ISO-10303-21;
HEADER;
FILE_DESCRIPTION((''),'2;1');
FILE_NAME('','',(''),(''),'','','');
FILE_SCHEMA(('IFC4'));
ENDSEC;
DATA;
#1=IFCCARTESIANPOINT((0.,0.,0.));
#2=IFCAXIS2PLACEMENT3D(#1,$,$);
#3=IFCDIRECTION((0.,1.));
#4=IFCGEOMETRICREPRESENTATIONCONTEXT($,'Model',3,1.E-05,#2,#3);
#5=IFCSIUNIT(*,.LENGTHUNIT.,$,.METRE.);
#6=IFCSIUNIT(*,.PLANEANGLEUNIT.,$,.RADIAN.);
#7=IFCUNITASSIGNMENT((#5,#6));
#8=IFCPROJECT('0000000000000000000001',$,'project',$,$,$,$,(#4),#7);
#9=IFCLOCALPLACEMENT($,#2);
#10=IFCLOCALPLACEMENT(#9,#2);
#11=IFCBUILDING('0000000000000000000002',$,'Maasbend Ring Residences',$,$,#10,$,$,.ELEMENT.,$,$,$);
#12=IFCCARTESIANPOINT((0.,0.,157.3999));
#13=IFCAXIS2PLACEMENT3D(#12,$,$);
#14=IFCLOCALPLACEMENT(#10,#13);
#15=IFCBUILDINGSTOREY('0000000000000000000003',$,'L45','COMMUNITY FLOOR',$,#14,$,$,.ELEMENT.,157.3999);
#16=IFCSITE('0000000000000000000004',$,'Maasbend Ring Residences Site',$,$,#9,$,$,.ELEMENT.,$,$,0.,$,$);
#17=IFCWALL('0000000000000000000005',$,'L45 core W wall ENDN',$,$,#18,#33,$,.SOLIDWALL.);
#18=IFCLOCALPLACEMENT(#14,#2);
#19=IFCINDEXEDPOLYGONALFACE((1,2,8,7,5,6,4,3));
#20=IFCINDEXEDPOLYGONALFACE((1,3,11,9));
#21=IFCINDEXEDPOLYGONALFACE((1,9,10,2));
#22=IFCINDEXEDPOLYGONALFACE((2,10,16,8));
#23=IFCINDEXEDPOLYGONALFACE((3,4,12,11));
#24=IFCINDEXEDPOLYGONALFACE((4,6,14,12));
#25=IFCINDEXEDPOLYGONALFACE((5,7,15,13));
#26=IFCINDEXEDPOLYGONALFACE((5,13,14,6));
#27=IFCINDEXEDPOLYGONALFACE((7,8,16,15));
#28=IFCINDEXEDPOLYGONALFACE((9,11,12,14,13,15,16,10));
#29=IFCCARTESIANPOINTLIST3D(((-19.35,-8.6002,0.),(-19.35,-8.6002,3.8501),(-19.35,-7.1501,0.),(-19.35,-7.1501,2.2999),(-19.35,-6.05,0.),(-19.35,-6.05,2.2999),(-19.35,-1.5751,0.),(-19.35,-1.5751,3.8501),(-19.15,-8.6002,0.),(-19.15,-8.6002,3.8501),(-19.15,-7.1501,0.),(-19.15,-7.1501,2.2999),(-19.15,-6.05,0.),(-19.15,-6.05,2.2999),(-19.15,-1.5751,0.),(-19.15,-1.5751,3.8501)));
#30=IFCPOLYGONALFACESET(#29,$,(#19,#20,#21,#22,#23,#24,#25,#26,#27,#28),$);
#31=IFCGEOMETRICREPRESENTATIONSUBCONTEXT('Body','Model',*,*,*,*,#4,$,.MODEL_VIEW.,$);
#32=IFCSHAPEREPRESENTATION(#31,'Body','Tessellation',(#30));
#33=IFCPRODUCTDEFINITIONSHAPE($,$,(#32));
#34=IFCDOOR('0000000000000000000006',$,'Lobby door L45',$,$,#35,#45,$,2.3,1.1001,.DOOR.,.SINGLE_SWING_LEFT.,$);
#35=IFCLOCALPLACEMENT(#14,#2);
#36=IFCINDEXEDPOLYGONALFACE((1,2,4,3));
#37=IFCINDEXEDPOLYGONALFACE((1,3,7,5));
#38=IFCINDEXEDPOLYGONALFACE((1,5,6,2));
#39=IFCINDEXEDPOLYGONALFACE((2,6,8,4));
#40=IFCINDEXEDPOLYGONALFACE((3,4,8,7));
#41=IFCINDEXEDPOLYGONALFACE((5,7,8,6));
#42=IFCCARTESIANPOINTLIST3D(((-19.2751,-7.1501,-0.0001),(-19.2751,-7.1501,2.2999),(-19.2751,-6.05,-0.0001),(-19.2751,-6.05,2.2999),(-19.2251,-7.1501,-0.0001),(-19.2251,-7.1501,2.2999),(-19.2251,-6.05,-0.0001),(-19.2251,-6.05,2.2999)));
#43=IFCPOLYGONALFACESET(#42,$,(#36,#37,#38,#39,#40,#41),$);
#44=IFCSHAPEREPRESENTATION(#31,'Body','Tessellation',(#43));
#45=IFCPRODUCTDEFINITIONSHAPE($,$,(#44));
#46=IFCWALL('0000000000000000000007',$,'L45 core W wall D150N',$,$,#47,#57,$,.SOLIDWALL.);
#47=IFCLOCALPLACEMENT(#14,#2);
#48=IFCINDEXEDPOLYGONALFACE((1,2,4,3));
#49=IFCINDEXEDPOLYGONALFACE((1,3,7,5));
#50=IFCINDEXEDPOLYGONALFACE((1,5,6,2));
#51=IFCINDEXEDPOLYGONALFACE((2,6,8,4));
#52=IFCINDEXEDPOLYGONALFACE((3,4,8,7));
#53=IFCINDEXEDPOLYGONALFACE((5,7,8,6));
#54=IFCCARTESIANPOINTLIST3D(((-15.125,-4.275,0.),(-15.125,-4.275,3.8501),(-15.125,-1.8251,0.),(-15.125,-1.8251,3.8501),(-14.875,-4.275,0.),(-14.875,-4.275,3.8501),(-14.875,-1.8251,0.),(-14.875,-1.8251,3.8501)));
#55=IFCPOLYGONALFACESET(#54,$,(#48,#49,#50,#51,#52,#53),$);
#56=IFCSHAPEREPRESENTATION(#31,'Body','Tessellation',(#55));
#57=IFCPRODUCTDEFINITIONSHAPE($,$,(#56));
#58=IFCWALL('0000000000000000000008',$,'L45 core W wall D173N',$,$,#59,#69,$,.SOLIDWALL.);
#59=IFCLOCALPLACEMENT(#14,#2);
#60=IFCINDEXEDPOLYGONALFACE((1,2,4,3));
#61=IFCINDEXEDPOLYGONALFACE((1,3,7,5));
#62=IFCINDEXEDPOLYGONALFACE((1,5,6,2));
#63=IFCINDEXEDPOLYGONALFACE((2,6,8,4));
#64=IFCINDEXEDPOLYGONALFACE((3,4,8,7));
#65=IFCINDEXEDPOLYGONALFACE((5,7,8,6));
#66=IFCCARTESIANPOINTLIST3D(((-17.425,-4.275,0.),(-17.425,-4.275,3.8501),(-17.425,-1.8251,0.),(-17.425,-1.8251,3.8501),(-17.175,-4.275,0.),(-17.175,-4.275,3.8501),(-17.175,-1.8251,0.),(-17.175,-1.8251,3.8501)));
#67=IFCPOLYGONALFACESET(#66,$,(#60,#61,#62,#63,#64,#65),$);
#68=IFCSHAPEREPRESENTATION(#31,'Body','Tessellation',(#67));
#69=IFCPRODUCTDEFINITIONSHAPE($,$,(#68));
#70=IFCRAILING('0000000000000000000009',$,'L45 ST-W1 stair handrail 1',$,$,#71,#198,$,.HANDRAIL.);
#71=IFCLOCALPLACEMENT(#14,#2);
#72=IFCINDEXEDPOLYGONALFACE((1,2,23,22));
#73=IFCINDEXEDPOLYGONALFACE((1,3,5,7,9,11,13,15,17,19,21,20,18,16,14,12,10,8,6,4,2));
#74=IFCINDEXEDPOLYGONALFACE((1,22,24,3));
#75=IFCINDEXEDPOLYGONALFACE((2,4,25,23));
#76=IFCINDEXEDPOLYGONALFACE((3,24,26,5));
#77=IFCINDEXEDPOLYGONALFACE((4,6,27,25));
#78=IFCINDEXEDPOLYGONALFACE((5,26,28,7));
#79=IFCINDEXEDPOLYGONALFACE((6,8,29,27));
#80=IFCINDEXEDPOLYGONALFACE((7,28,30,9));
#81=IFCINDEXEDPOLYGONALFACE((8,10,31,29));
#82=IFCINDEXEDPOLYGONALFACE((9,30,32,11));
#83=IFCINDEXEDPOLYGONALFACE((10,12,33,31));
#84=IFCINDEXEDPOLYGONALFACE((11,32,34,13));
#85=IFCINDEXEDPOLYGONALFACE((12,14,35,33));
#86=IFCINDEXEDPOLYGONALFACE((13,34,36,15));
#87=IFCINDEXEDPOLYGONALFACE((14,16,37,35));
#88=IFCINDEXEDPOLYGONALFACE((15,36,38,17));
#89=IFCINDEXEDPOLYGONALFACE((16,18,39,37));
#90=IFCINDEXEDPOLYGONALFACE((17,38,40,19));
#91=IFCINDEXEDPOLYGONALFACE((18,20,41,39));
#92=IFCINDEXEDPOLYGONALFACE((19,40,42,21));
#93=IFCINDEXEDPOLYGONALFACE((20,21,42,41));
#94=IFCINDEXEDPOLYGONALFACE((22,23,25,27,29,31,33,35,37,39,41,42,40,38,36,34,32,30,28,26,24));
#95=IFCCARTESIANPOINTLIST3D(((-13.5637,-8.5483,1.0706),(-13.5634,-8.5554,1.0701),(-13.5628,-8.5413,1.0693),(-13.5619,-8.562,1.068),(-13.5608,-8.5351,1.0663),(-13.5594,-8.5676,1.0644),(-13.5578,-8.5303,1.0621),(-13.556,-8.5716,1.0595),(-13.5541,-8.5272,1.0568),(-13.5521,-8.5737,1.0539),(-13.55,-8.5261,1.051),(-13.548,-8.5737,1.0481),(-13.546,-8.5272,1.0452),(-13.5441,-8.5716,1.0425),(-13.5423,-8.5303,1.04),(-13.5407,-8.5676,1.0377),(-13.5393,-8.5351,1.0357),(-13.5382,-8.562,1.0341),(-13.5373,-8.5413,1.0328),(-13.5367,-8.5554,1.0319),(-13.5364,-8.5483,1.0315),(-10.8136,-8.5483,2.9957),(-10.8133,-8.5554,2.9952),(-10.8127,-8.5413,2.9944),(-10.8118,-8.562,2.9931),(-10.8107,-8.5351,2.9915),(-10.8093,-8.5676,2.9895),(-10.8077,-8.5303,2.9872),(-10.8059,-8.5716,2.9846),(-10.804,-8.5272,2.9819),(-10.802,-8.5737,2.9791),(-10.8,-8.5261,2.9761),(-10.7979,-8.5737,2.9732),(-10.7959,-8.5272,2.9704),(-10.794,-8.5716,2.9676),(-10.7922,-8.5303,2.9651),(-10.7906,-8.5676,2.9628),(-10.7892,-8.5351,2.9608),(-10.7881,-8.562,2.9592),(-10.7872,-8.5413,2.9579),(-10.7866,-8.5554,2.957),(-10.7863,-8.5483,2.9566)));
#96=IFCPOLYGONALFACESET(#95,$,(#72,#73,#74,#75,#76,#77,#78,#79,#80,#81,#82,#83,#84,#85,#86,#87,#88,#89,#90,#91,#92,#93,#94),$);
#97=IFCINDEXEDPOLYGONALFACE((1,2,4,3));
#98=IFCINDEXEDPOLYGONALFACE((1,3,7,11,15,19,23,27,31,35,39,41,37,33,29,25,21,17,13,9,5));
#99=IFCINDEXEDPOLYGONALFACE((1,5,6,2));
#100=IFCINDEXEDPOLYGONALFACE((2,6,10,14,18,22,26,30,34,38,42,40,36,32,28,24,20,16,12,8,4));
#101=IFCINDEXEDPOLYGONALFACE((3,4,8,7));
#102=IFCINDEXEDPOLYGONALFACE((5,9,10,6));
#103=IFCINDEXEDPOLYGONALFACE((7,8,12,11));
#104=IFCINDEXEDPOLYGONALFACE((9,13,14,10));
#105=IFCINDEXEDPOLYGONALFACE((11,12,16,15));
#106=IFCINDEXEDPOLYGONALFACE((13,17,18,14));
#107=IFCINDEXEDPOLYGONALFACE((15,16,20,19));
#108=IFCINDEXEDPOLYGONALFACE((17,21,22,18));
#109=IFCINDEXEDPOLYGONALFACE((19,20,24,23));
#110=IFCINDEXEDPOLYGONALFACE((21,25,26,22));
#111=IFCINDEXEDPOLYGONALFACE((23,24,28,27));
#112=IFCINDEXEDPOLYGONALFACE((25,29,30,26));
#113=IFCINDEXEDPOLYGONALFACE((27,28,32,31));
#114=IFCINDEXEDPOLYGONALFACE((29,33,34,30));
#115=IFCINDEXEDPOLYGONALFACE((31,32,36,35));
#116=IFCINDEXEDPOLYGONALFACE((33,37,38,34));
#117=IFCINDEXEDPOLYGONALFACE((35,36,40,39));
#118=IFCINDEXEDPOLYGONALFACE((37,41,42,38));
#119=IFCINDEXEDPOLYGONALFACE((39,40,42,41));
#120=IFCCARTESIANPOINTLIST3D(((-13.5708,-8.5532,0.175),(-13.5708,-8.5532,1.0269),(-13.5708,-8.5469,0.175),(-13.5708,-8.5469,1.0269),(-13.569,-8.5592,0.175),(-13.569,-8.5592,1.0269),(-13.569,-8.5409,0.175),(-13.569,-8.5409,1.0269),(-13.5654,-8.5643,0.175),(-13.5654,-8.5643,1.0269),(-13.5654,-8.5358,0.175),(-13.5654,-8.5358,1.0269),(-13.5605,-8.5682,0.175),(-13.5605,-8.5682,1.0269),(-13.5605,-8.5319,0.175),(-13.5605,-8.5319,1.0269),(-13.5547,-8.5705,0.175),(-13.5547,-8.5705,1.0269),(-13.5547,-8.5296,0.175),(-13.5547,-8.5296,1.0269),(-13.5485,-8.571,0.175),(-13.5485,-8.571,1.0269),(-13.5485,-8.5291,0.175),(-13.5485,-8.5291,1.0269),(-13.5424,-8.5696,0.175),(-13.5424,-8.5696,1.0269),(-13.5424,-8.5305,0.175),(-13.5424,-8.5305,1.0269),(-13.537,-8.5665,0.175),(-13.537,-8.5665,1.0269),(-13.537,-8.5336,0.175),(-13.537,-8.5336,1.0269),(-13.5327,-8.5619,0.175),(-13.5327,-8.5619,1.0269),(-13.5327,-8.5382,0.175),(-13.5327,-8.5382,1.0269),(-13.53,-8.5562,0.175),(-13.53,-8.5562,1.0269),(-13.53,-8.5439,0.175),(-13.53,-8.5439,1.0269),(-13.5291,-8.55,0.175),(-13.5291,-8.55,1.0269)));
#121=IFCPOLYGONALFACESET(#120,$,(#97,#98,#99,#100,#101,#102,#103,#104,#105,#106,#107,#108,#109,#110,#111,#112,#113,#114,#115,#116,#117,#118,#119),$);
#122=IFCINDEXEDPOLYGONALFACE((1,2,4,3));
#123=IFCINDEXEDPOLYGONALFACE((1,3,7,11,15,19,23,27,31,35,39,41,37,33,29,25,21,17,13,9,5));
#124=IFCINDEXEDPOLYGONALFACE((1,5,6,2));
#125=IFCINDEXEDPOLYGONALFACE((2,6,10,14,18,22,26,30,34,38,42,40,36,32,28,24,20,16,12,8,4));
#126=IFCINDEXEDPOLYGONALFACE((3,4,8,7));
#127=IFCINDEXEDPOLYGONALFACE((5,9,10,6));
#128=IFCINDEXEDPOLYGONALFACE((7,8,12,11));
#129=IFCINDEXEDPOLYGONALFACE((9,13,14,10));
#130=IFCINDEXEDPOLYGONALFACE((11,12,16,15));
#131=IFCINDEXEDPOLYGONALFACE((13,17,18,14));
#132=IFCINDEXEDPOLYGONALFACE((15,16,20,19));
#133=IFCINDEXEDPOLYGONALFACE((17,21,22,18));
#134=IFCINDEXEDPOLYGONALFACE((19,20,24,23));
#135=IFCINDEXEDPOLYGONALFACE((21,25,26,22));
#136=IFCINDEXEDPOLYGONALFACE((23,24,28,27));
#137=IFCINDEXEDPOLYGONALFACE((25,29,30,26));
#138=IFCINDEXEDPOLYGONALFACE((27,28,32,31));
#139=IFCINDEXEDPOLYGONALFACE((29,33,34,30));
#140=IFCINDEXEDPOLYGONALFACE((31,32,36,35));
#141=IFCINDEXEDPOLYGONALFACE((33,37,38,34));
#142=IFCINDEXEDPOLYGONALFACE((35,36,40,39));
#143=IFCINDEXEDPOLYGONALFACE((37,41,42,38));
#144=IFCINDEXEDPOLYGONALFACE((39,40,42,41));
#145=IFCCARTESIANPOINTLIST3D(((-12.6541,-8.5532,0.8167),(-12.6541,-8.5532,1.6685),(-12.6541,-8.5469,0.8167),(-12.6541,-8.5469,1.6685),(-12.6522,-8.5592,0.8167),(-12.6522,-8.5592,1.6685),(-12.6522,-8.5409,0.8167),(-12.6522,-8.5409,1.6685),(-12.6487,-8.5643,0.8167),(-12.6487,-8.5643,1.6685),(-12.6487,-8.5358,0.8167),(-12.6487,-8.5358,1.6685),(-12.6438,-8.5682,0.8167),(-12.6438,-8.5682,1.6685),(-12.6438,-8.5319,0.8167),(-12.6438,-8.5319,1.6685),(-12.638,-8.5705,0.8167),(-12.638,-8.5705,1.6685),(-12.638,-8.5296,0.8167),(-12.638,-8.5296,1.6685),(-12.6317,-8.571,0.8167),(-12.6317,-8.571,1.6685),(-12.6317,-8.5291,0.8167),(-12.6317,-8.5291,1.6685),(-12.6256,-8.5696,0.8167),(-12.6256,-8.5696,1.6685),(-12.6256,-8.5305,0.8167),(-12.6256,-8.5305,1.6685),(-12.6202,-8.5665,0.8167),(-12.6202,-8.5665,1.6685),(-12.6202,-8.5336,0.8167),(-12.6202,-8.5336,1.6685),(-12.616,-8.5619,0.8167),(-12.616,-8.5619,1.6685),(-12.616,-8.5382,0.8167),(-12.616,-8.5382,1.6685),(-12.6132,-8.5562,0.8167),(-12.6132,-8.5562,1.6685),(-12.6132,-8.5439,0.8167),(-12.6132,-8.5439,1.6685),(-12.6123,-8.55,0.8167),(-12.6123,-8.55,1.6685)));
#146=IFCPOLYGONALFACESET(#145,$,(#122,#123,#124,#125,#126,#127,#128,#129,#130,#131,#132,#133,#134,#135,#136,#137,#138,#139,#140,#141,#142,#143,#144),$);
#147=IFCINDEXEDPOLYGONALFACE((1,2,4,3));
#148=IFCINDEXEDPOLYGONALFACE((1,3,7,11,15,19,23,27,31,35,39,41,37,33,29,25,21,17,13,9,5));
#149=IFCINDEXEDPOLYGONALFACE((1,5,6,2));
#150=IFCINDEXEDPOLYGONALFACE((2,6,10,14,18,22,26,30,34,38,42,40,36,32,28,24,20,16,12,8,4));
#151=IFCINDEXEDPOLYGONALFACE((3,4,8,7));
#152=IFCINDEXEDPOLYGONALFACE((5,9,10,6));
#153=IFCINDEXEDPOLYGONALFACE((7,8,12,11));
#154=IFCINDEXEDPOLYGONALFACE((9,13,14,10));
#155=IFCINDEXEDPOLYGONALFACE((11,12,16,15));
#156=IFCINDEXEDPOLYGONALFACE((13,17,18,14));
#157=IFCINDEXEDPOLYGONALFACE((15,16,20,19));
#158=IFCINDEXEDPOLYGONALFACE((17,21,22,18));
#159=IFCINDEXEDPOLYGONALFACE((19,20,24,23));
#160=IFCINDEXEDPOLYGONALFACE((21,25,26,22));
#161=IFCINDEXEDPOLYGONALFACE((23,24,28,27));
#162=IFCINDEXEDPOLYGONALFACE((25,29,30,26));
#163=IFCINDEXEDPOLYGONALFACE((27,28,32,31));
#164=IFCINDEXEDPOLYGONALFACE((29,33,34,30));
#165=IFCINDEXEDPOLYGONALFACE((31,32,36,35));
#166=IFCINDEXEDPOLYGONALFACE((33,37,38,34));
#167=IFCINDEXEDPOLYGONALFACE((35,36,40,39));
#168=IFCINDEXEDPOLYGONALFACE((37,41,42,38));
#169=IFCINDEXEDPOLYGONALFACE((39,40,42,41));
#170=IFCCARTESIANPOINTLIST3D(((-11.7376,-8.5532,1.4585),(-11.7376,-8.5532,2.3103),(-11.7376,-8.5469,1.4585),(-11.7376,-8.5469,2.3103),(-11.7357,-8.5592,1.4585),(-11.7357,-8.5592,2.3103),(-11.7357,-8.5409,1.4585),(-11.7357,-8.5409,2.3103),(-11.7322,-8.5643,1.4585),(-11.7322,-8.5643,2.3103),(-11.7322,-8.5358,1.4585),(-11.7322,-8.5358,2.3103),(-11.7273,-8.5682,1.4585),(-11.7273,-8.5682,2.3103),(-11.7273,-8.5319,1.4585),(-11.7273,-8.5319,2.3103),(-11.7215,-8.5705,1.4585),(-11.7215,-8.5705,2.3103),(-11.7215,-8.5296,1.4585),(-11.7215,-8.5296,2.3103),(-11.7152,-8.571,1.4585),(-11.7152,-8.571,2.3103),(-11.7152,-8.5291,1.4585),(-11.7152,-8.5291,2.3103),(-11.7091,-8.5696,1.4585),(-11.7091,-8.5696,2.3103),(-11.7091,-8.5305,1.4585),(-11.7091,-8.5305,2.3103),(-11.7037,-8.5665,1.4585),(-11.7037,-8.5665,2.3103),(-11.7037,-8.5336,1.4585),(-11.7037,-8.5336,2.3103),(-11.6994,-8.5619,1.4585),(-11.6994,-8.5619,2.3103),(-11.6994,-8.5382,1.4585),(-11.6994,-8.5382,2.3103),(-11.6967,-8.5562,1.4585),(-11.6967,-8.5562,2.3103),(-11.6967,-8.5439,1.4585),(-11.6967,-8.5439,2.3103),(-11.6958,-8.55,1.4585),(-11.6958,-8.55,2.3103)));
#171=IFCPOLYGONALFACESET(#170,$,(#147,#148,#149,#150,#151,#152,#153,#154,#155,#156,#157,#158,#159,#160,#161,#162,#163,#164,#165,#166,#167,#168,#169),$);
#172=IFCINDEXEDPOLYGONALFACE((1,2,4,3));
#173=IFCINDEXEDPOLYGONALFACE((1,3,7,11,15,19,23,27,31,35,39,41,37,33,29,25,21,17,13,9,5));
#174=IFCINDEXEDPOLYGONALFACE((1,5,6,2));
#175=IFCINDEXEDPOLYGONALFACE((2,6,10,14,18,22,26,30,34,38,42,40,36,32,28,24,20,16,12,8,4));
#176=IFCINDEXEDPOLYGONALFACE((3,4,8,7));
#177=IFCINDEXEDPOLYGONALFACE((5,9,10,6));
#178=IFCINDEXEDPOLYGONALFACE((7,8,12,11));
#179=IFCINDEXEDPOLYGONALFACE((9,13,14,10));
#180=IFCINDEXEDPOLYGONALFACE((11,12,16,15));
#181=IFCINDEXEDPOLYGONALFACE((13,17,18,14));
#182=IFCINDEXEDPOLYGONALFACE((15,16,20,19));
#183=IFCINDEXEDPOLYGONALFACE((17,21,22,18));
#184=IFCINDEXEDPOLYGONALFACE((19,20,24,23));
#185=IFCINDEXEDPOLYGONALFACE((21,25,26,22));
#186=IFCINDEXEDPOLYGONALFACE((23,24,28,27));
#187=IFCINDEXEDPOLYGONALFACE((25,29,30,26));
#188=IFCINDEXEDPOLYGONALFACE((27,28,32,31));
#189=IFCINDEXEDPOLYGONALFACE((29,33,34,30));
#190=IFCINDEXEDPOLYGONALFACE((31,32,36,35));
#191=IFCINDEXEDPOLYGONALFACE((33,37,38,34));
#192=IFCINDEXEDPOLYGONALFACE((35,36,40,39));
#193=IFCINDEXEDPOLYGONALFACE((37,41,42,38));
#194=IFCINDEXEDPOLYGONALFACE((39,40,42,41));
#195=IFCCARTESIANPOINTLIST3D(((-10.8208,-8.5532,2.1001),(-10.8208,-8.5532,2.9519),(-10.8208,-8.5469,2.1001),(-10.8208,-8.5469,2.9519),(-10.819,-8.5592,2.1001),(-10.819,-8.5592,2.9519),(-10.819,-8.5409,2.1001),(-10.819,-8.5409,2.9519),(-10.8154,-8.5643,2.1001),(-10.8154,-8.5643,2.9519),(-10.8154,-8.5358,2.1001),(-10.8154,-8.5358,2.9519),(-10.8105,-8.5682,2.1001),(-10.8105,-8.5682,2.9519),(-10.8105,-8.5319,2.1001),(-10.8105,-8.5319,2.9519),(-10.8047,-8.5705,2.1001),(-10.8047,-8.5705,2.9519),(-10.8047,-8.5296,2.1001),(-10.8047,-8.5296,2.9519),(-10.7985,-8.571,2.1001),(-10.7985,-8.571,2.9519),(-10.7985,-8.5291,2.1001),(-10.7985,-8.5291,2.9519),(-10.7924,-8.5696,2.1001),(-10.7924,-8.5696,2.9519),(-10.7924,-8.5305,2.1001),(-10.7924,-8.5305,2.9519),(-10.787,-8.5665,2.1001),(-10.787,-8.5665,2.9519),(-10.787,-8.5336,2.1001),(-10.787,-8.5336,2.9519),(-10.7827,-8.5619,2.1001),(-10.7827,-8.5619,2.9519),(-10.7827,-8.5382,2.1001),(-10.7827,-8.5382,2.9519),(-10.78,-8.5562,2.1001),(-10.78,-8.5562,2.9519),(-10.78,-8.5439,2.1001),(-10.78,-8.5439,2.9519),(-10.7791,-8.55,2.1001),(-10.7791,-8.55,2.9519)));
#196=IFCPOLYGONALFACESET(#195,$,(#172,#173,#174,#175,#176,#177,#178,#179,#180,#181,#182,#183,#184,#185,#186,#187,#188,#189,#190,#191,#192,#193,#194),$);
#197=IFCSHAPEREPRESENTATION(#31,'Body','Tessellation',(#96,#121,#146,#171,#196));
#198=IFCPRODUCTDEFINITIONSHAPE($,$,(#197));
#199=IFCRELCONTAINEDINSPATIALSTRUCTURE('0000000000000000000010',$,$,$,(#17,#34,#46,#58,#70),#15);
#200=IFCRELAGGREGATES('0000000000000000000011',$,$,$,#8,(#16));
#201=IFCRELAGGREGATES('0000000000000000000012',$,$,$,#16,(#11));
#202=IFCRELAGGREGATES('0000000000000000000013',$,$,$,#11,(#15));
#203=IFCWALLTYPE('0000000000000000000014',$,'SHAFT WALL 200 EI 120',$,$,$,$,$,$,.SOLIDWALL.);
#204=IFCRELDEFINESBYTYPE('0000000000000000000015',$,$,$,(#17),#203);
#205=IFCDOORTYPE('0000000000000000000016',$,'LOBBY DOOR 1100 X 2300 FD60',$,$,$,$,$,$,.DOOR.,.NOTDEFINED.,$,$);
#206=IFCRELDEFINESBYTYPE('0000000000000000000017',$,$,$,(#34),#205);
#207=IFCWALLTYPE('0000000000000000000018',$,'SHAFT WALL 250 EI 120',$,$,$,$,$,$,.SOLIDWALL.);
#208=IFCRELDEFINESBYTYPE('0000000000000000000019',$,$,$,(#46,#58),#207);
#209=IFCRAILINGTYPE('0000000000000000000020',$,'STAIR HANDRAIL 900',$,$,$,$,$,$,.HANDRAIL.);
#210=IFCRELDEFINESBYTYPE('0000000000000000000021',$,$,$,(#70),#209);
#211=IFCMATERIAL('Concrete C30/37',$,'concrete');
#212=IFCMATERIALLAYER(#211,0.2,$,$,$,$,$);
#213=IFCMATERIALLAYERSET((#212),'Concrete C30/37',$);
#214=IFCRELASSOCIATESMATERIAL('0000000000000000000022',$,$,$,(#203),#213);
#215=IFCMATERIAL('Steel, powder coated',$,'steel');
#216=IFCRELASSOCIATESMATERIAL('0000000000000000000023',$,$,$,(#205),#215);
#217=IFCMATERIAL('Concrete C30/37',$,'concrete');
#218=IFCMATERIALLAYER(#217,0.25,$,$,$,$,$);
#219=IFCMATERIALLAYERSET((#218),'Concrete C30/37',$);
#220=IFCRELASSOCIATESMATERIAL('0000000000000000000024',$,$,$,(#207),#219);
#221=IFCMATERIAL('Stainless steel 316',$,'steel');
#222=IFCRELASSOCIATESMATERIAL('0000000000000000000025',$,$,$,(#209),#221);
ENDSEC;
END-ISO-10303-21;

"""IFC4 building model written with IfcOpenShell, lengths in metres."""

from ifc_helpers import new_model, si_unit, direction, frame, frame_2d, origin, origin_2d, place, context, subcontext, project, spatial, rectangle, circle, extrude, material, layer, layer_set, type_object, element, fill, save


model = new_model("IFC4")

# Units and contexts
model_context = context("Model", 3, precision=1e-05, world=origin(), true_north=direction((0.0, 1.0)))
body_context = subcontext(model_context, "Body", "Model", "MODEL_VIEW")
ifc_project = project(units=[si_unit("LENGTHUNIT", "METRE"), si_unit("PLANEANGLEUNIT", "RADIAN")], contexts=[model_context])

# Site, building, storey
site_placement = place(None, origin())
site = spatial("IfcSite", under=ifc_project, at=site_placement, Name="Maasbend Ring Residences Site", CompositionType="ELEMENT", RefElevation=0.0)
building_placement = place(site_placement, origin())
building = spatial("IfcBuilding", under=site, at=building_placement, Name="Maasbend Ring Residences", CompositionType="ELEMENT")
storey_placement = place(building_placement, frame((0.0, 0.0, 157.3999)))
storey = spatial("IfcBuildingStorey", under=building, at=storey_placement, Name="L45", Description="COMMUNITY FLOOR", CompositionType="ELEMENT", Elevation=157.3999)

# Wall, opening, door
ifc_material_1 = material(Name="Concrete C30/37", Category="concrete")
ifc_layer_1 = layer(ifc_material_1, 0.2)
ifc_layer_set_1 = layer_set([ifc_layer_1], Name="Concrete C30/37")
wall_type_1 = type_object("IfcWallType", Name="SHAFT WALL 200 EI 120", PredefinedType="SOLIDWALL", material=ifc_layer_set_1)
wall_1_placement = place(storey_placement, frame((-19.25, -1.575, 0.0), z_axis=(0.0, 0.0, 1.0), x_axis=(0.0, -1.0, 0.0)))
wall_1 = element("IfcWall", 1, at=wall_1_placement, inside=storey, type_object=wall_type_1, Name="L45 core W wall ENDN", PredefinedType="SOLIDWALL", context=body_context, shape_type="SweptSolid", body=[
    extrude(rectangle(XDim=7.0251, YDim=0.2, at=frame_2d((3.5127, 0.0))), origin(), (0.0, 0.0, 1.0), 3.8501),
])
opening_1_placement = place(wall_1_placement, frame((4.4751, 0.0, 0.0)))
opening_1 = element("IfcOpeningElement", 2, at=opening_1_placement, cuts=wall_1, PredefinedType="OPENING", context=body_context, shape_type="SweptSolid", body=[
    extrude(rectangle(XDim=1.1001, YDim=2.3, at=frame_2d((0.55, 1.1499))), frame((0.0, 0.1099, 0.0), z_axis=(0.0, -1.0, 0.0), x_axis=(1.0, 0.0, 0.0)), (0.0, 0.0, 1.0), 0.22),
])
ifc_material_2 = material(Name="Steel, powder coated", Category="steel")
door_type_1 = type_object("IfcDoorType", Name="LOBBY DOOR 1100 X 2300 FD60", OperationType="NOTDEFINED", PredefinedType="DOOR", material=ifc_material_2)
door_1_placement = place(opening_1_placement, origin())
door_1 = element("IfcDoor", 3, at=door_1_placement, inside=storey, type_object=door_type_1, Name="Lobby door L45", OperationType="SINGLE_SWING_LEFT", OverallHeight=2.3, OverallWidth=1.1001, PredefinedType="DOOR", context=body_context, shape_type="SweptSolid", body=[
    extrude(rectangle(XDim=1.1001, YDim=2.3, at=frame_2d((0.55, 1.1499))), frame((0.0, 0.0249, 0.0), z_axis=(0.0, -1.0, 0.0), x_axis=(1.0, 0.0, 0.0)), (0.0, 0.0, 1.0), 0.05),
])
fill(opening_1, door_1)

# Walls
ifc_material_3 = material(Name="Concrete C30/37", Category="concrete")
ifc_layer_2 = layer(ifc_material_3, 0.25)
ifc_layer_set_2 = layer_set([ifc_layer_2], Name="Concrete C30/37")
wall_type_2 = type_object("IfcWallType", Name="SHAFT WALL 250 EI 120", PredefinedType="SOLIDWALL", material=ifc_layer_set_2)
for number, where, z_axis, x_axis, name in (
    (4, (-15.0, -1.825, 0.0), (0.0, 0.0, 1.0), (0.0, -1.0, 0.0), "L45 core W wall D150N"),
    (5, (-17.3, -1.825, 0.0), (0.0, 0.0, 1.0), (0.0, -1.0, 0.0), "L45 core W wall D173N"),
):
    element("IfcWall", number, at=place(storey_placement, frame(where, z_axis=z_axis, x_axis=x_axis)), inside=storey, type_object=wall_type_2, Name=name, PredefinedType="SOLIDWALL", context=body_context, shape_type="SweptSolid", body=[
        extrude(rectangle(XDim=2.45, YDim=0.25, at=frame_2d((1.2251, 0.0))), origin(), (0.0, 0.0, 1.0), 3.8501),
    ])

# Railing
ifc_material_4 = material(Name="Stainless steel 316", Category="steel")
railing_type_1 = type_object("IfcRailingType", Name="STAIR HANDRAIL 900", PredefinedType="HANDRAIL", material=ifc_material_4)
railing_1_placement = place(storey_placement, frame((-13.55, -8.55, 0.175)))
element("IfcRailing", 6, at=railing_1_placement, inside=storey, type_object=railing_type_1, Name="L45 ST-W1 stair handrail 1", PredefinedType="HANDRAIL", context=body_context, shape_type="SweptSolid", body=[
    extrude(circle(Radius=0.0239, at=origin_2d()), frame((0.0, 0.0, 0.876), z_axis=(0.819225, 0.0, 0.573472), x_axis=(0.0, 1.0, 0.0)), (0.0, 0.0, 1.0), 3.3569),
    extrude(circle(Radius=0.021, at=origin_2d()), origin(), (0.0, 0.0, 1.0), 0.8518),
    extrude(circle(Radius=0.021, at=origin_2d()), frame((0.9167, 0.0, 0.6416)), (0.0, 0.0, 1.0), 0.8518),
    extrude(circle(Radius=0.021, at=origin_2d()), frame((1.8333, 0.0, 1.2834)), (0.0, 0.0, 1.0), 0.8518),
    extrude(circle(Radius=0.021, at=origin_2d()), frame((2.75, 0.0, 1.925)), (0.0, 0.0, 1.0), 0.8518),
])

save(model, "model.ifc")
